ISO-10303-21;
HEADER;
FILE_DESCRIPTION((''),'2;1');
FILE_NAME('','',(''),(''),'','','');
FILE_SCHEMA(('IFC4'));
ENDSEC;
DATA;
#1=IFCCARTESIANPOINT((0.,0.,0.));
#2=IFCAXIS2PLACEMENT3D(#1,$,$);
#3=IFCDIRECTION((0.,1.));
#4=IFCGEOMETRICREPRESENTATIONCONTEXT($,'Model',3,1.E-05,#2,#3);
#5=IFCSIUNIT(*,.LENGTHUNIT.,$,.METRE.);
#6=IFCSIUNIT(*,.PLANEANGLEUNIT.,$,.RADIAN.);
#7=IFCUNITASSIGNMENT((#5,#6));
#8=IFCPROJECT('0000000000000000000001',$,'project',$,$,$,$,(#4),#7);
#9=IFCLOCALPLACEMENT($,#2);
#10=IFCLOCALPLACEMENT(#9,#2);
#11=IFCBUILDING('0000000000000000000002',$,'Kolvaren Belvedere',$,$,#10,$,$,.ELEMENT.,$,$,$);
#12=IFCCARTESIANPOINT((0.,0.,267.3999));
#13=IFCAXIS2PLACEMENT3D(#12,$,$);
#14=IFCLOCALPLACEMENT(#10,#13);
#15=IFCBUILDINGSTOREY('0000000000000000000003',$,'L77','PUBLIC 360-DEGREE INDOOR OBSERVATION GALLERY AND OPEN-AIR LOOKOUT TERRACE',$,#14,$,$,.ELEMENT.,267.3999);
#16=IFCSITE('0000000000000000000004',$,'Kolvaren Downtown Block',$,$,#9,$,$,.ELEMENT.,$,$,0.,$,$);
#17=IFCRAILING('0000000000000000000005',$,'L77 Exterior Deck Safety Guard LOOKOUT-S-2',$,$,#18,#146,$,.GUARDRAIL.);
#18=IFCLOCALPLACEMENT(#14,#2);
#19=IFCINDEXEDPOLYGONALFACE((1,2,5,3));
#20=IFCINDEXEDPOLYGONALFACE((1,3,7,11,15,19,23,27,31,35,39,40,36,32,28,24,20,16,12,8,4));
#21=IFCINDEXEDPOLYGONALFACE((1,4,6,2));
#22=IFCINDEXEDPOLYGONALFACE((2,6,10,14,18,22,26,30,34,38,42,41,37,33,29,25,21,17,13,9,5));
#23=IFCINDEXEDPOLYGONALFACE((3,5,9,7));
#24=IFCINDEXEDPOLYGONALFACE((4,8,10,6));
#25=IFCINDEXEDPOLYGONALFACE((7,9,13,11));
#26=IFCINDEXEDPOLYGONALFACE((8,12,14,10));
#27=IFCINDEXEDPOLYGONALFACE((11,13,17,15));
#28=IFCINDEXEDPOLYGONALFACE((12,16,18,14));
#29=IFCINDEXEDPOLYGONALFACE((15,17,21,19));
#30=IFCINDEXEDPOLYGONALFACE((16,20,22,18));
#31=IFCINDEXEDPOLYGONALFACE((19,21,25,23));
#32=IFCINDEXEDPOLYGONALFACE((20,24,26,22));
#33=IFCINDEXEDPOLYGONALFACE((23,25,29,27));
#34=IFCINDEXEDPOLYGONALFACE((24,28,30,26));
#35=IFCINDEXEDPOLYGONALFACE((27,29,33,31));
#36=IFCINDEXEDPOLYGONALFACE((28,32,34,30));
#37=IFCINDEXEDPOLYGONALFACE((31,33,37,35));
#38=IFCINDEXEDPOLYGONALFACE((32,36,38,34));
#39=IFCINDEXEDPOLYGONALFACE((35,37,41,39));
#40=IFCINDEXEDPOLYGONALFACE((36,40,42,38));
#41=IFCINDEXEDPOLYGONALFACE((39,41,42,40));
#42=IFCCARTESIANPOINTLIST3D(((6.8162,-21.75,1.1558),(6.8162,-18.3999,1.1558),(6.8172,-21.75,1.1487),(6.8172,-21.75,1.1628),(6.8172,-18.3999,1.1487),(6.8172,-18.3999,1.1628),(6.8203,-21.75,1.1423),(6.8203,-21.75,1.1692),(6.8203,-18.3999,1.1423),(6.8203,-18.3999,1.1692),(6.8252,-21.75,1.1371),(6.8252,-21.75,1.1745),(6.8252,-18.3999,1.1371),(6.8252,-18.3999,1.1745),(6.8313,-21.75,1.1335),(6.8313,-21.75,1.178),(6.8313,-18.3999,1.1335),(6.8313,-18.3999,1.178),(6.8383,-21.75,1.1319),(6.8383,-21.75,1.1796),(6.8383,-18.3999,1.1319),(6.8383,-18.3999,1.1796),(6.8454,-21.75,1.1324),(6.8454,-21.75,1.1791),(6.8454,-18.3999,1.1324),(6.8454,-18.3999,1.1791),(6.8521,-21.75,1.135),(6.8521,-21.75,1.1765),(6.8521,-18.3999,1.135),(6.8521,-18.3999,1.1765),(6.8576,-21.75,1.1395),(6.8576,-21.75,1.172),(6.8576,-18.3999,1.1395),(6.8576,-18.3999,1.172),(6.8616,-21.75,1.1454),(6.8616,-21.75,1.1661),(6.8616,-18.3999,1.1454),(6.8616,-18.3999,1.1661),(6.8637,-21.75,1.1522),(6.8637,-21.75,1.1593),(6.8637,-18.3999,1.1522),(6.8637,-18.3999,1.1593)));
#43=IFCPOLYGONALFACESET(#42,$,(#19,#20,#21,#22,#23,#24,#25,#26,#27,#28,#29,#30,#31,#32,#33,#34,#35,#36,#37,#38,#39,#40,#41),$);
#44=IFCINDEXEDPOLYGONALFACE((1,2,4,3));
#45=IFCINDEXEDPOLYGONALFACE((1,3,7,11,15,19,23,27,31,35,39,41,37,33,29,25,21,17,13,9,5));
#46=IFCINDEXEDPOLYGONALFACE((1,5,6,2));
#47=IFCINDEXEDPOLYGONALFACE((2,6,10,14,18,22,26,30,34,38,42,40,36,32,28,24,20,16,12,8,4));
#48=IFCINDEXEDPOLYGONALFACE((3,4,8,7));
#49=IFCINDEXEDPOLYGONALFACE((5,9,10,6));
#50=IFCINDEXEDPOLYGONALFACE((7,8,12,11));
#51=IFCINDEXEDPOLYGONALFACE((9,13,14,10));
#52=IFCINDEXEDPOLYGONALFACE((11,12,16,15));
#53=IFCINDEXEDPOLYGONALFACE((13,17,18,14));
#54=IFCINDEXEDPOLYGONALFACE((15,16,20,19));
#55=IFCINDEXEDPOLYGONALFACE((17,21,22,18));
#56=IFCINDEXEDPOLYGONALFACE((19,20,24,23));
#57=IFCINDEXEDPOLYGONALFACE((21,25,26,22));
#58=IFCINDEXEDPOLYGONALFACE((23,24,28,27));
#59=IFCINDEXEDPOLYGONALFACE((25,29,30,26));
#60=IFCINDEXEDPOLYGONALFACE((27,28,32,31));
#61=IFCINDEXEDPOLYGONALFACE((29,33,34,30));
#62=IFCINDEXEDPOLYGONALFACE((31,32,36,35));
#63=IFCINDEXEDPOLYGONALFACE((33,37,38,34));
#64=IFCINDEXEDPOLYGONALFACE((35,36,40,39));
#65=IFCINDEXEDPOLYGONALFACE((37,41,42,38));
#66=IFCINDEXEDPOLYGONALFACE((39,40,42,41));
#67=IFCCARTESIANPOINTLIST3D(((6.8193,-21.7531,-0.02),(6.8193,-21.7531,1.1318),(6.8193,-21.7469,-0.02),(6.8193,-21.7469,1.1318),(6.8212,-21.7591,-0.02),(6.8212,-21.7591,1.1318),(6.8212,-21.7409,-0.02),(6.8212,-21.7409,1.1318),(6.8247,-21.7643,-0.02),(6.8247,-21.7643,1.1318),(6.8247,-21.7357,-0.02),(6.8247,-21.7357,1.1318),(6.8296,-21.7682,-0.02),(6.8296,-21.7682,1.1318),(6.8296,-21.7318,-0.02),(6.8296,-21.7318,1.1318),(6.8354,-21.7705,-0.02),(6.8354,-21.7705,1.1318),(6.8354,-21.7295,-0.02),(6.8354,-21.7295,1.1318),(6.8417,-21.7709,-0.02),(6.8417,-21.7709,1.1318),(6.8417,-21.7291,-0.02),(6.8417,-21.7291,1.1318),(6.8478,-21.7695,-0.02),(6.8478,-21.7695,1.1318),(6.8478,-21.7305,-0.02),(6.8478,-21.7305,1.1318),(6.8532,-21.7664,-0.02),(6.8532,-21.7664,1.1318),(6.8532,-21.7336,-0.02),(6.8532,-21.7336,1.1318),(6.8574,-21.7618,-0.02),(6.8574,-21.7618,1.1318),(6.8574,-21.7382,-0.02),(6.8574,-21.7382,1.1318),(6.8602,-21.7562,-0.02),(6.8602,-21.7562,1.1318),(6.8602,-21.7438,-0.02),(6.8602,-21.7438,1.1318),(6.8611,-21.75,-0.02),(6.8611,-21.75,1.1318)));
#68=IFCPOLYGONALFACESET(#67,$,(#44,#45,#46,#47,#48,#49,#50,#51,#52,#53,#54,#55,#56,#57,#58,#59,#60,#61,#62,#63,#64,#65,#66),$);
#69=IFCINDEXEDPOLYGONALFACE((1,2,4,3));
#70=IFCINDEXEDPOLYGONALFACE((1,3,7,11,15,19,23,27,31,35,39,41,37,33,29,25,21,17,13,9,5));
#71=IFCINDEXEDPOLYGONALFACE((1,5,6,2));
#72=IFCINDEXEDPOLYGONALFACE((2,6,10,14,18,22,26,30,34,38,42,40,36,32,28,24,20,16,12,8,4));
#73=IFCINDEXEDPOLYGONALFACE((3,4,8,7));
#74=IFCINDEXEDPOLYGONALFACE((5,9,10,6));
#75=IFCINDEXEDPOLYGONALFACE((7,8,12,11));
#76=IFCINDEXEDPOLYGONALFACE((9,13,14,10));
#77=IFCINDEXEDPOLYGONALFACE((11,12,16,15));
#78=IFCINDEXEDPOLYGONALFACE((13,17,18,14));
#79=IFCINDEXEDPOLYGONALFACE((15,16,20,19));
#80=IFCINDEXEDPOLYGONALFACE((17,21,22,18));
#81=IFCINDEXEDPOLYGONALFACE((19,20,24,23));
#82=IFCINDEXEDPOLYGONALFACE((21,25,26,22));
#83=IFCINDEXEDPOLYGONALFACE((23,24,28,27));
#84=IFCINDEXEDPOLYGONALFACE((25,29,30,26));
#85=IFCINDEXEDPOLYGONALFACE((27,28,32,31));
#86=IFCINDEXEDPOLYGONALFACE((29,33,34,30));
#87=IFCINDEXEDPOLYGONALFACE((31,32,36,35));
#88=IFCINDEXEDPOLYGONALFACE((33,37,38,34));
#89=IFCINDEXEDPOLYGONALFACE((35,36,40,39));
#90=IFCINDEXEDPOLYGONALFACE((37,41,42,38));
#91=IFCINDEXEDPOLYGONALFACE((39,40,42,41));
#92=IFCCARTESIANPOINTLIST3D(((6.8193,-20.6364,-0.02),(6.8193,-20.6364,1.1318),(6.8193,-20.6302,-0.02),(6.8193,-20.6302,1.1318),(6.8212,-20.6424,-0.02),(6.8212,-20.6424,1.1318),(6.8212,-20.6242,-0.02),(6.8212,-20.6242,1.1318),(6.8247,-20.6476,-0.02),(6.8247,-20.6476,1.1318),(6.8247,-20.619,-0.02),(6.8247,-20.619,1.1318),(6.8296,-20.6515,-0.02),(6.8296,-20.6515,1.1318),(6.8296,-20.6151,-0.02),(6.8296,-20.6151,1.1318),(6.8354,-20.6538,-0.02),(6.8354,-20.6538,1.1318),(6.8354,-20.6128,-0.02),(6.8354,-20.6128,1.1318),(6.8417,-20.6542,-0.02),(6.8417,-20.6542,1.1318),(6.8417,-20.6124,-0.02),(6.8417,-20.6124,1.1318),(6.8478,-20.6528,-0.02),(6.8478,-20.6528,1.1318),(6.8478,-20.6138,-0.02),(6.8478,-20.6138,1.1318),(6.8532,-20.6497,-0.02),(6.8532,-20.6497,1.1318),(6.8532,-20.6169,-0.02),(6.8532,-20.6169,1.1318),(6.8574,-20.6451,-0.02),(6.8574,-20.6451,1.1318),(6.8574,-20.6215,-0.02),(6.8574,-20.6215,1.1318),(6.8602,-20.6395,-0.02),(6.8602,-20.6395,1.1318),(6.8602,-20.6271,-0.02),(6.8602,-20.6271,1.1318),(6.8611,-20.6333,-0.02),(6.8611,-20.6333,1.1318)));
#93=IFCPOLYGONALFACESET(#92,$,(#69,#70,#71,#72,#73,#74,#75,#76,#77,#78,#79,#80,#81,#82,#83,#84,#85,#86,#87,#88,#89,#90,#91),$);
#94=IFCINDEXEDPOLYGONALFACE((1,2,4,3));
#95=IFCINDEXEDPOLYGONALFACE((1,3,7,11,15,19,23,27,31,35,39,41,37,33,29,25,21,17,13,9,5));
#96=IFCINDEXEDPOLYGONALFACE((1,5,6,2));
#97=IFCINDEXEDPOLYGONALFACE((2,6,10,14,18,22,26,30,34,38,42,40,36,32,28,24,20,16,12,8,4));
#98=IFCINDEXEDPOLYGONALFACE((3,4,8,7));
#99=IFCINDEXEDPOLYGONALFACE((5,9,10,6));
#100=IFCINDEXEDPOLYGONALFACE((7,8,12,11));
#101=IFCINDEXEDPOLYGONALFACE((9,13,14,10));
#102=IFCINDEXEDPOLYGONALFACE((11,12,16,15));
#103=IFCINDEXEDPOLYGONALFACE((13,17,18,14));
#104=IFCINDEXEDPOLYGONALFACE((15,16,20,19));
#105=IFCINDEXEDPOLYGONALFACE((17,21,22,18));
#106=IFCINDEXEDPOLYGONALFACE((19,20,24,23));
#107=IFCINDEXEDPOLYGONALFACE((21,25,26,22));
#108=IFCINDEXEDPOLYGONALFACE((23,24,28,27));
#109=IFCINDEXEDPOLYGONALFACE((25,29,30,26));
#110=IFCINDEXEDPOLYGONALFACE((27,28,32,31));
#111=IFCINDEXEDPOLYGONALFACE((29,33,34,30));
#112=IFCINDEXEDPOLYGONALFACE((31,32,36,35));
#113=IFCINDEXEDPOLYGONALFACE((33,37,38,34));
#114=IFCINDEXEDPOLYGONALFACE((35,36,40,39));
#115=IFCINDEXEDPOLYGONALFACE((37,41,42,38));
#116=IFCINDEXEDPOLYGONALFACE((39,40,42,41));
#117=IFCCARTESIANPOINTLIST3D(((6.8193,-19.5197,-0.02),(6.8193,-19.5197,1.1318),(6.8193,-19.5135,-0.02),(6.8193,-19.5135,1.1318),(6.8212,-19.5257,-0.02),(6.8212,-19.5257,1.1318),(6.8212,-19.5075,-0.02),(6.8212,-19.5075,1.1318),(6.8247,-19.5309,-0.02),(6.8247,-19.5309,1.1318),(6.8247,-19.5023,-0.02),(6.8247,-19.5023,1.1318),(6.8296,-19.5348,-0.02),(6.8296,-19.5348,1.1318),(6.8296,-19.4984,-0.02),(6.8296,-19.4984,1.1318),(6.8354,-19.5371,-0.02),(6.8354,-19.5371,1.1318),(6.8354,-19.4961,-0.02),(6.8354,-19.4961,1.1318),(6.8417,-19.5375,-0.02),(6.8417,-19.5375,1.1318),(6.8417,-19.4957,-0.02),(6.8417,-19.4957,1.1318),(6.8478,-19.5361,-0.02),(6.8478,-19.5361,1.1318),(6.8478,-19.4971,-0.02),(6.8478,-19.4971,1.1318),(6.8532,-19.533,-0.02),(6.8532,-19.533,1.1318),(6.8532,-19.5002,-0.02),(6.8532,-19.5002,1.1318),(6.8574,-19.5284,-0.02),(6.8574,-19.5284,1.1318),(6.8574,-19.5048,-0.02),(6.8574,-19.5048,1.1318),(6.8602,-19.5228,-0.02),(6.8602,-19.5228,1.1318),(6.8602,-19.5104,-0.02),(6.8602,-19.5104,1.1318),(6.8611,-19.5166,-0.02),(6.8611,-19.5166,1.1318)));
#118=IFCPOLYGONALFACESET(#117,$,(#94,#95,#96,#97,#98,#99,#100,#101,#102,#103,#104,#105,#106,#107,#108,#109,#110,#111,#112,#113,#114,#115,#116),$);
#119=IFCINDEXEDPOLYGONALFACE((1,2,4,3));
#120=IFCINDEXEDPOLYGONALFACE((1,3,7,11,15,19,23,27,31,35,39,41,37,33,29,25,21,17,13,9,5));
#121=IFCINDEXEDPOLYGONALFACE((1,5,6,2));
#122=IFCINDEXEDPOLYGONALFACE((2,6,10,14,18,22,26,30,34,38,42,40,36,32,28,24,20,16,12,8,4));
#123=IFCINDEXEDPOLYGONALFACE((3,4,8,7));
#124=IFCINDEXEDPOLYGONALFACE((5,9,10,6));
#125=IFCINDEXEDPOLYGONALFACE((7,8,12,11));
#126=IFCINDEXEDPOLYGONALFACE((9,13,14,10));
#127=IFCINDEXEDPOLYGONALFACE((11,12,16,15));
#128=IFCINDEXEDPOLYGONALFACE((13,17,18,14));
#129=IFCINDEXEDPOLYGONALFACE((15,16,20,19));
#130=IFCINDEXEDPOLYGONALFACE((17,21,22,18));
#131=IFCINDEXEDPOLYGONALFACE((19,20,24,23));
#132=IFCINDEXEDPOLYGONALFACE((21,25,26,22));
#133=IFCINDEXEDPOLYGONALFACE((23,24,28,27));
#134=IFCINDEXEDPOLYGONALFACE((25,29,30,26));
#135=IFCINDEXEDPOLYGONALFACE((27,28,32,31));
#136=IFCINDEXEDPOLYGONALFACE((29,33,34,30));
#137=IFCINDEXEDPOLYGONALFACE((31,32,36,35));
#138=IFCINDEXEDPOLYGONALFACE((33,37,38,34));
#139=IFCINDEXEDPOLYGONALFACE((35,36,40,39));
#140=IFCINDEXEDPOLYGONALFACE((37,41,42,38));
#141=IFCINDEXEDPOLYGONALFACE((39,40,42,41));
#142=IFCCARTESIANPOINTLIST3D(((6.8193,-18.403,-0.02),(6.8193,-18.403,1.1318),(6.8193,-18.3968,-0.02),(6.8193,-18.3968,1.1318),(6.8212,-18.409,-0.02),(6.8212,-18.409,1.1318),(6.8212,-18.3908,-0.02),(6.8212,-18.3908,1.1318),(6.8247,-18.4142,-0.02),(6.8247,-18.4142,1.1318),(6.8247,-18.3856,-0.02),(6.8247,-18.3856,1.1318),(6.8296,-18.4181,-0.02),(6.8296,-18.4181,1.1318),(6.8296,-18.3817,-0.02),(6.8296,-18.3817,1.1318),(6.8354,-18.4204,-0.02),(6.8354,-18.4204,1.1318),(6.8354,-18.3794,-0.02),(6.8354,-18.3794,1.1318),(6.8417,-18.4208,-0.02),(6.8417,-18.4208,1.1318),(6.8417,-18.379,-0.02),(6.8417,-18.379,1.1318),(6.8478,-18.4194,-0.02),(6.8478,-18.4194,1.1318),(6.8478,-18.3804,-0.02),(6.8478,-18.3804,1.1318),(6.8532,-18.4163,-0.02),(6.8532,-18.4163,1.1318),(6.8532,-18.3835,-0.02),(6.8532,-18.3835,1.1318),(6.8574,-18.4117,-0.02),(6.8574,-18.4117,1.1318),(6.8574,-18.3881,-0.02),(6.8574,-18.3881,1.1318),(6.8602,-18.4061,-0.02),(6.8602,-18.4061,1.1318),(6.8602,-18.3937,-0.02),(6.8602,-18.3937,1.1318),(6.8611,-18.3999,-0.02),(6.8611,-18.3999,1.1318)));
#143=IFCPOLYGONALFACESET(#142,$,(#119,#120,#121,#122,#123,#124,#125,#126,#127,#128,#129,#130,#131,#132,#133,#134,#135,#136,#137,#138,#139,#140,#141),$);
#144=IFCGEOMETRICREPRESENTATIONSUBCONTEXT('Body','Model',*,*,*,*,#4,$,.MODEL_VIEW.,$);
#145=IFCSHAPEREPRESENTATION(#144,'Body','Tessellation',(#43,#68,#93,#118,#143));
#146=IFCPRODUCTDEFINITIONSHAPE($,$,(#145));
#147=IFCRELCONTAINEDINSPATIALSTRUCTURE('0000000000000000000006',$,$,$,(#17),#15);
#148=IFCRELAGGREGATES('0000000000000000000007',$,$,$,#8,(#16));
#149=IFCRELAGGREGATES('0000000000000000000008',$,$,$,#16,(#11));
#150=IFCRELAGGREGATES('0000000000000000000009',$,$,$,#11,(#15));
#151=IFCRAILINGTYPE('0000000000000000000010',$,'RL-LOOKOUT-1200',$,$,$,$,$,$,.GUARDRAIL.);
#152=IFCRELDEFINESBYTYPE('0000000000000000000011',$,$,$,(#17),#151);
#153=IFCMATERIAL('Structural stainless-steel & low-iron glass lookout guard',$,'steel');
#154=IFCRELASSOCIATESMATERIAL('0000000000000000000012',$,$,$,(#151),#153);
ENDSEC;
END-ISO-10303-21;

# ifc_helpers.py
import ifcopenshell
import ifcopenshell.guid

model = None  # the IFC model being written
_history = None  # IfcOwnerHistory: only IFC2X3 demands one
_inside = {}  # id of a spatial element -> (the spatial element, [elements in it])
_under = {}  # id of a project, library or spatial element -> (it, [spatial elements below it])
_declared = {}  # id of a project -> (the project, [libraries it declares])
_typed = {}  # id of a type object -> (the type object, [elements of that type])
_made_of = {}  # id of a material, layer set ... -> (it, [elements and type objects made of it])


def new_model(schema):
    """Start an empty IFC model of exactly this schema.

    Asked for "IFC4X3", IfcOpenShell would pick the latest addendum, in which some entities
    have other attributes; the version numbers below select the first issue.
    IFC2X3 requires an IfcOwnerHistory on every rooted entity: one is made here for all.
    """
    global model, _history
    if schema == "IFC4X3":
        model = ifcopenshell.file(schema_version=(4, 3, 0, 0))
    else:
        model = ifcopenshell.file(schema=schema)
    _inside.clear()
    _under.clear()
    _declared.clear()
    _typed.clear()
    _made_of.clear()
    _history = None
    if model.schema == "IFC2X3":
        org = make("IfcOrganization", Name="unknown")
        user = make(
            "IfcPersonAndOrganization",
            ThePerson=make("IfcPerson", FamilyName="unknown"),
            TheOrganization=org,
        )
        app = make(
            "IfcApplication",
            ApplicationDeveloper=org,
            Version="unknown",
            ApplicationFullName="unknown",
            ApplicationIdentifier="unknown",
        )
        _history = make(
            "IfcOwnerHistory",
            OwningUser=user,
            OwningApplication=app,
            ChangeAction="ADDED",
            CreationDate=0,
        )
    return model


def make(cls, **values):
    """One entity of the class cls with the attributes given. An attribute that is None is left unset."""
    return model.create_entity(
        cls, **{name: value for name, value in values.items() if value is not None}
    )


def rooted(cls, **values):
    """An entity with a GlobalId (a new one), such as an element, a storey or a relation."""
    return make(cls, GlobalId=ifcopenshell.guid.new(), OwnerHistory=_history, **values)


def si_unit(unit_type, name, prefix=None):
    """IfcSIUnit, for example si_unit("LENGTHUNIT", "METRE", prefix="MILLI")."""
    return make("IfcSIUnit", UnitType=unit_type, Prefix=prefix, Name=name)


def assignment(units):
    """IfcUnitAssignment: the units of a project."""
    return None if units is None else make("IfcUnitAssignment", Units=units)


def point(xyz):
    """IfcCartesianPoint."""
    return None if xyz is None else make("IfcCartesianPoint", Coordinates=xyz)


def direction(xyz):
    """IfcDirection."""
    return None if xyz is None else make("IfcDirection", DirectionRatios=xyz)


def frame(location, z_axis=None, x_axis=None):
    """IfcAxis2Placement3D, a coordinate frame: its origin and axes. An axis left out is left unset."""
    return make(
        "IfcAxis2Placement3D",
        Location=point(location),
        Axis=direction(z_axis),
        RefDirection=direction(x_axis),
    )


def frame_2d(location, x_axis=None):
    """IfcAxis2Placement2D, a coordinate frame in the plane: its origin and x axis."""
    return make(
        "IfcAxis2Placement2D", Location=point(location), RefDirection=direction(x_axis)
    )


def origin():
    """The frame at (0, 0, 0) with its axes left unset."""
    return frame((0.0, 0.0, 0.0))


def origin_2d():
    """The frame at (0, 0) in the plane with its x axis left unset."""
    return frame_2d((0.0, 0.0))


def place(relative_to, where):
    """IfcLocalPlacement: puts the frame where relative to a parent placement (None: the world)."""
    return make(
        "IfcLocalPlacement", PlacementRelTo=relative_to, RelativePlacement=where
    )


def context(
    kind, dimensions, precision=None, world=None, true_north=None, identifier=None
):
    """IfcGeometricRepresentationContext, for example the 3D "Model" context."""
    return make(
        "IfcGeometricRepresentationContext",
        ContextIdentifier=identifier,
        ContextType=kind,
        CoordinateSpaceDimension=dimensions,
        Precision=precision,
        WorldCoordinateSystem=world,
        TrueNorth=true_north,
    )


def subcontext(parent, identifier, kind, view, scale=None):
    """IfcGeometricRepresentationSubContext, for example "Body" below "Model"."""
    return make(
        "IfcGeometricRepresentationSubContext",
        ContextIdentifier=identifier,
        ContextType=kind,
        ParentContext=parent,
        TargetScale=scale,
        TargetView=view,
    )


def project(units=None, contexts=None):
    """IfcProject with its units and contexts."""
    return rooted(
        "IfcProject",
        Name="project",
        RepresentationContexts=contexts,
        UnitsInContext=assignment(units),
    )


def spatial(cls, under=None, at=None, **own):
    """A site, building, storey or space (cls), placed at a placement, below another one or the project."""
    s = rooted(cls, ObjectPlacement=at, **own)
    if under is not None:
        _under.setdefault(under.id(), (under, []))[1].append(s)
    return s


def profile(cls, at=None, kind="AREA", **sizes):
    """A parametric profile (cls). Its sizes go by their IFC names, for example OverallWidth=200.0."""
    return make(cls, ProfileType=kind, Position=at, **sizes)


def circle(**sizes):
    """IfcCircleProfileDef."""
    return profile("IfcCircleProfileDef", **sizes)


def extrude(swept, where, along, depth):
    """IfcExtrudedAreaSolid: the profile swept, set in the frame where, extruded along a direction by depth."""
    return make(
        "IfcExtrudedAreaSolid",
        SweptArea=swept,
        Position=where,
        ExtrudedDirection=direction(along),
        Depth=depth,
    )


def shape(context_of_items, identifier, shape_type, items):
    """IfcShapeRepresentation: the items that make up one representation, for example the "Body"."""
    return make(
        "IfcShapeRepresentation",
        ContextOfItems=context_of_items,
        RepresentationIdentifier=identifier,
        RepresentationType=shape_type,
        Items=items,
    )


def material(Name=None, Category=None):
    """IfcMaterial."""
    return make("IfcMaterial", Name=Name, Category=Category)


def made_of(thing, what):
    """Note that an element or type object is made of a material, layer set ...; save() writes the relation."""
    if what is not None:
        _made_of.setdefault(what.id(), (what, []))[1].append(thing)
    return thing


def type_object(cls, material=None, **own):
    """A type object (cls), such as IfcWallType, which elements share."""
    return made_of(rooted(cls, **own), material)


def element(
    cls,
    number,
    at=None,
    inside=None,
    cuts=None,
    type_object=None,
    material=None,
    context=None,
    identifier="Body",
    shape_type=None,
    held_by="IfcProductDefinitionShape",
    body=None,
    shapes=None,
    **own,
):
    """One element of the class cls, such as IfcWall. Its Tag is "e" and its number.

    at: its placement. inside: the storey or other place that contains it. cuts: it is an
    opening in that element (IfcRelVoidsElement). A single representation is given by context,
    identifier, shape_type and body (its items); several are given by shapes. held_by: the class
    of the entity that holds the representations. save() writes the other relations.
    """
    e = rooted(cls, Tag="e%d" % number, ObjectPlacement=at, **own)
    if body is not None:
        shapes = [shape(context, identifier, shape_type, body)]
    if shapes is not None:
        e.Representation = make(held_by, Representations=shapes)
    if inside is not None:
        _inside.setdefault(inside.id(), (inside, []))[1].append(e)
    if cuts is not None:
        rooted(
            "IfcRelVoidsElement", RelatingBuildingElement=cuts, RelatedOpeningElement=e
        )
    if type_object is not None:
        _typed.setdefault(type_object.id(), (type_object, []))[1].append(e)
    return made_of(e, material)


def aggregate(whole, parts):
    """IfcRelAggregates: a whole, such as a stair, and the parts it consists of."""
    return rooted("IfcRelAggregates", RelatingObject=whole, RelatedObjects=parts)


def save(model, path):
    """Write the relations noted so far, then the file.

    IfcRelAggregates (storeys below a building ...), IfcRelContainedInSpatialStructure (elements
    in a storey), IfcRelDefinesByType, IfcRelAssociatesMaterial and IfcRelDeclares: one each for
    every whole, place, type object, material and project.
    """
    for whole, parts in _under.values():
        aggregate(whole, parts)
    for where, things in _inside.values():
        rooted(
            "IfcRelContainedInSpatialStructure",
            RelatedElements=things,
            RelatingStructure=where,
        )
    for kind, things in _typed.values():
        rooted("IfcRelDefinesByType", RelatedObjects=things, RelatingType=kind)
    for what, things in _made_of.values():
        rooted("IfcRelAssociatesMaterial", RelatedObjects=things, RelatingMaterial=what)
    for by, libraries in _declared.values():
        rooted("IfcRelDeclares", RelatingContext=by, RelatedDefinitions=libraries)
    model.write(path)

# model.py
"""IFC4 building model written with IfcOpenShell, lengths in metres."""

from ifc_helpers import new_model, si_unit, direction, frame, origin, origin_2d, place, context, subcontext, project, spatial, circle, extrude, material, type_object, element, save


model = new_model("IFC4")

# Units and contexts
model_context = context("Model", 3, precision=1e-05, world=origin(), true_north=direction((0.0, 1.0)))
body_context = subcontext(model_context, "Body", "Model", "MODEL_VIEW")
ifc_project = project(units=[si_unit("LENGTHUNIT", "METRE"), si_unit("PLANEANGLEUNIT", "RADIAN")], contexts=[model_context])

# Site, building, storey
site_placement = place(None, origin())
site = spatial("IfcSite", under=ifc_project, at=site_placement, Name="Kolvaren Downtown Block", CompositionType="ELEMENT", RefElevation=0.0)
building_placement = place(site_placement, origin())
building = spatial("IfcBuilding", under=site, at=building_placement, Name="Kolvaren Belvedere", CompositionType="ELEMENT")
storey_placement = place(building_placement, frame((0.0, 0.0, 267.3999)))
storey = spatial("IfcBuildingStorey", under=building, at=storey_placement, Name="L77", Description="PUBLIC 360-DEGREE INDOOR OBSERVATION GALLERY AND OPEN-AIR LOOKOUT TERRACE", CompositionType="ELEMENT", Elevation=267.3999)

# Railing
ifc_material_1 = material(Name="Structural stainless-steel & low-iron glass lookout guard", Category="steel")
railing_type = type_object("IfcRailingType", Name="RL-LOOKOUT-1200", PredefinedType="GUARDRAIL", material=ifc_material_1)
railing_placement = place(storey_placement, frame((6.8401, -21.75, -0.02)))
element("IfcRailing", 1, at=railing_placement, inside=storey, type_object=railing_type, Name="L77 Exterior Deck Safety Guard LOOKOUT-S-2", PredefinedType="GUARDRAIL", context=body_context, shape_type="SweptSolid", body=[
    extrude(circle(Radius=0.0239, at=origin_2d()), frame((0.0, 0.0, 1.1758), z_axis=(0.0, 1.0, 0.0), x_axis=(-1.0, 0.0, 0.0)), (0.0, 0.0, 1.0), 3.3501),
    extrude(circle(Radius=0.021, at=origin_2d()), origin(), (0.0, 0.0, 1.0), 1.1519),
    extrude(circle(Radius=0.021, at=origin_2d()), frame((0.0, 1.1167, 0.0)), (0.0, 0.0, 1.0), 1.1519),
    extrude(circle(Radius=0.021, at=origin_2d()), frame((0.0, 2.2334, 0.0)), (0.0, 0.0, 1.0), 1.1519),
    extrude(circle(Radius=0.021, at=origin_2d()), frame((0.0, 3.3501, 0.0)), (0.0, 0.0, 1.0), 1.1519),
])

save(model, "model.ifc")
